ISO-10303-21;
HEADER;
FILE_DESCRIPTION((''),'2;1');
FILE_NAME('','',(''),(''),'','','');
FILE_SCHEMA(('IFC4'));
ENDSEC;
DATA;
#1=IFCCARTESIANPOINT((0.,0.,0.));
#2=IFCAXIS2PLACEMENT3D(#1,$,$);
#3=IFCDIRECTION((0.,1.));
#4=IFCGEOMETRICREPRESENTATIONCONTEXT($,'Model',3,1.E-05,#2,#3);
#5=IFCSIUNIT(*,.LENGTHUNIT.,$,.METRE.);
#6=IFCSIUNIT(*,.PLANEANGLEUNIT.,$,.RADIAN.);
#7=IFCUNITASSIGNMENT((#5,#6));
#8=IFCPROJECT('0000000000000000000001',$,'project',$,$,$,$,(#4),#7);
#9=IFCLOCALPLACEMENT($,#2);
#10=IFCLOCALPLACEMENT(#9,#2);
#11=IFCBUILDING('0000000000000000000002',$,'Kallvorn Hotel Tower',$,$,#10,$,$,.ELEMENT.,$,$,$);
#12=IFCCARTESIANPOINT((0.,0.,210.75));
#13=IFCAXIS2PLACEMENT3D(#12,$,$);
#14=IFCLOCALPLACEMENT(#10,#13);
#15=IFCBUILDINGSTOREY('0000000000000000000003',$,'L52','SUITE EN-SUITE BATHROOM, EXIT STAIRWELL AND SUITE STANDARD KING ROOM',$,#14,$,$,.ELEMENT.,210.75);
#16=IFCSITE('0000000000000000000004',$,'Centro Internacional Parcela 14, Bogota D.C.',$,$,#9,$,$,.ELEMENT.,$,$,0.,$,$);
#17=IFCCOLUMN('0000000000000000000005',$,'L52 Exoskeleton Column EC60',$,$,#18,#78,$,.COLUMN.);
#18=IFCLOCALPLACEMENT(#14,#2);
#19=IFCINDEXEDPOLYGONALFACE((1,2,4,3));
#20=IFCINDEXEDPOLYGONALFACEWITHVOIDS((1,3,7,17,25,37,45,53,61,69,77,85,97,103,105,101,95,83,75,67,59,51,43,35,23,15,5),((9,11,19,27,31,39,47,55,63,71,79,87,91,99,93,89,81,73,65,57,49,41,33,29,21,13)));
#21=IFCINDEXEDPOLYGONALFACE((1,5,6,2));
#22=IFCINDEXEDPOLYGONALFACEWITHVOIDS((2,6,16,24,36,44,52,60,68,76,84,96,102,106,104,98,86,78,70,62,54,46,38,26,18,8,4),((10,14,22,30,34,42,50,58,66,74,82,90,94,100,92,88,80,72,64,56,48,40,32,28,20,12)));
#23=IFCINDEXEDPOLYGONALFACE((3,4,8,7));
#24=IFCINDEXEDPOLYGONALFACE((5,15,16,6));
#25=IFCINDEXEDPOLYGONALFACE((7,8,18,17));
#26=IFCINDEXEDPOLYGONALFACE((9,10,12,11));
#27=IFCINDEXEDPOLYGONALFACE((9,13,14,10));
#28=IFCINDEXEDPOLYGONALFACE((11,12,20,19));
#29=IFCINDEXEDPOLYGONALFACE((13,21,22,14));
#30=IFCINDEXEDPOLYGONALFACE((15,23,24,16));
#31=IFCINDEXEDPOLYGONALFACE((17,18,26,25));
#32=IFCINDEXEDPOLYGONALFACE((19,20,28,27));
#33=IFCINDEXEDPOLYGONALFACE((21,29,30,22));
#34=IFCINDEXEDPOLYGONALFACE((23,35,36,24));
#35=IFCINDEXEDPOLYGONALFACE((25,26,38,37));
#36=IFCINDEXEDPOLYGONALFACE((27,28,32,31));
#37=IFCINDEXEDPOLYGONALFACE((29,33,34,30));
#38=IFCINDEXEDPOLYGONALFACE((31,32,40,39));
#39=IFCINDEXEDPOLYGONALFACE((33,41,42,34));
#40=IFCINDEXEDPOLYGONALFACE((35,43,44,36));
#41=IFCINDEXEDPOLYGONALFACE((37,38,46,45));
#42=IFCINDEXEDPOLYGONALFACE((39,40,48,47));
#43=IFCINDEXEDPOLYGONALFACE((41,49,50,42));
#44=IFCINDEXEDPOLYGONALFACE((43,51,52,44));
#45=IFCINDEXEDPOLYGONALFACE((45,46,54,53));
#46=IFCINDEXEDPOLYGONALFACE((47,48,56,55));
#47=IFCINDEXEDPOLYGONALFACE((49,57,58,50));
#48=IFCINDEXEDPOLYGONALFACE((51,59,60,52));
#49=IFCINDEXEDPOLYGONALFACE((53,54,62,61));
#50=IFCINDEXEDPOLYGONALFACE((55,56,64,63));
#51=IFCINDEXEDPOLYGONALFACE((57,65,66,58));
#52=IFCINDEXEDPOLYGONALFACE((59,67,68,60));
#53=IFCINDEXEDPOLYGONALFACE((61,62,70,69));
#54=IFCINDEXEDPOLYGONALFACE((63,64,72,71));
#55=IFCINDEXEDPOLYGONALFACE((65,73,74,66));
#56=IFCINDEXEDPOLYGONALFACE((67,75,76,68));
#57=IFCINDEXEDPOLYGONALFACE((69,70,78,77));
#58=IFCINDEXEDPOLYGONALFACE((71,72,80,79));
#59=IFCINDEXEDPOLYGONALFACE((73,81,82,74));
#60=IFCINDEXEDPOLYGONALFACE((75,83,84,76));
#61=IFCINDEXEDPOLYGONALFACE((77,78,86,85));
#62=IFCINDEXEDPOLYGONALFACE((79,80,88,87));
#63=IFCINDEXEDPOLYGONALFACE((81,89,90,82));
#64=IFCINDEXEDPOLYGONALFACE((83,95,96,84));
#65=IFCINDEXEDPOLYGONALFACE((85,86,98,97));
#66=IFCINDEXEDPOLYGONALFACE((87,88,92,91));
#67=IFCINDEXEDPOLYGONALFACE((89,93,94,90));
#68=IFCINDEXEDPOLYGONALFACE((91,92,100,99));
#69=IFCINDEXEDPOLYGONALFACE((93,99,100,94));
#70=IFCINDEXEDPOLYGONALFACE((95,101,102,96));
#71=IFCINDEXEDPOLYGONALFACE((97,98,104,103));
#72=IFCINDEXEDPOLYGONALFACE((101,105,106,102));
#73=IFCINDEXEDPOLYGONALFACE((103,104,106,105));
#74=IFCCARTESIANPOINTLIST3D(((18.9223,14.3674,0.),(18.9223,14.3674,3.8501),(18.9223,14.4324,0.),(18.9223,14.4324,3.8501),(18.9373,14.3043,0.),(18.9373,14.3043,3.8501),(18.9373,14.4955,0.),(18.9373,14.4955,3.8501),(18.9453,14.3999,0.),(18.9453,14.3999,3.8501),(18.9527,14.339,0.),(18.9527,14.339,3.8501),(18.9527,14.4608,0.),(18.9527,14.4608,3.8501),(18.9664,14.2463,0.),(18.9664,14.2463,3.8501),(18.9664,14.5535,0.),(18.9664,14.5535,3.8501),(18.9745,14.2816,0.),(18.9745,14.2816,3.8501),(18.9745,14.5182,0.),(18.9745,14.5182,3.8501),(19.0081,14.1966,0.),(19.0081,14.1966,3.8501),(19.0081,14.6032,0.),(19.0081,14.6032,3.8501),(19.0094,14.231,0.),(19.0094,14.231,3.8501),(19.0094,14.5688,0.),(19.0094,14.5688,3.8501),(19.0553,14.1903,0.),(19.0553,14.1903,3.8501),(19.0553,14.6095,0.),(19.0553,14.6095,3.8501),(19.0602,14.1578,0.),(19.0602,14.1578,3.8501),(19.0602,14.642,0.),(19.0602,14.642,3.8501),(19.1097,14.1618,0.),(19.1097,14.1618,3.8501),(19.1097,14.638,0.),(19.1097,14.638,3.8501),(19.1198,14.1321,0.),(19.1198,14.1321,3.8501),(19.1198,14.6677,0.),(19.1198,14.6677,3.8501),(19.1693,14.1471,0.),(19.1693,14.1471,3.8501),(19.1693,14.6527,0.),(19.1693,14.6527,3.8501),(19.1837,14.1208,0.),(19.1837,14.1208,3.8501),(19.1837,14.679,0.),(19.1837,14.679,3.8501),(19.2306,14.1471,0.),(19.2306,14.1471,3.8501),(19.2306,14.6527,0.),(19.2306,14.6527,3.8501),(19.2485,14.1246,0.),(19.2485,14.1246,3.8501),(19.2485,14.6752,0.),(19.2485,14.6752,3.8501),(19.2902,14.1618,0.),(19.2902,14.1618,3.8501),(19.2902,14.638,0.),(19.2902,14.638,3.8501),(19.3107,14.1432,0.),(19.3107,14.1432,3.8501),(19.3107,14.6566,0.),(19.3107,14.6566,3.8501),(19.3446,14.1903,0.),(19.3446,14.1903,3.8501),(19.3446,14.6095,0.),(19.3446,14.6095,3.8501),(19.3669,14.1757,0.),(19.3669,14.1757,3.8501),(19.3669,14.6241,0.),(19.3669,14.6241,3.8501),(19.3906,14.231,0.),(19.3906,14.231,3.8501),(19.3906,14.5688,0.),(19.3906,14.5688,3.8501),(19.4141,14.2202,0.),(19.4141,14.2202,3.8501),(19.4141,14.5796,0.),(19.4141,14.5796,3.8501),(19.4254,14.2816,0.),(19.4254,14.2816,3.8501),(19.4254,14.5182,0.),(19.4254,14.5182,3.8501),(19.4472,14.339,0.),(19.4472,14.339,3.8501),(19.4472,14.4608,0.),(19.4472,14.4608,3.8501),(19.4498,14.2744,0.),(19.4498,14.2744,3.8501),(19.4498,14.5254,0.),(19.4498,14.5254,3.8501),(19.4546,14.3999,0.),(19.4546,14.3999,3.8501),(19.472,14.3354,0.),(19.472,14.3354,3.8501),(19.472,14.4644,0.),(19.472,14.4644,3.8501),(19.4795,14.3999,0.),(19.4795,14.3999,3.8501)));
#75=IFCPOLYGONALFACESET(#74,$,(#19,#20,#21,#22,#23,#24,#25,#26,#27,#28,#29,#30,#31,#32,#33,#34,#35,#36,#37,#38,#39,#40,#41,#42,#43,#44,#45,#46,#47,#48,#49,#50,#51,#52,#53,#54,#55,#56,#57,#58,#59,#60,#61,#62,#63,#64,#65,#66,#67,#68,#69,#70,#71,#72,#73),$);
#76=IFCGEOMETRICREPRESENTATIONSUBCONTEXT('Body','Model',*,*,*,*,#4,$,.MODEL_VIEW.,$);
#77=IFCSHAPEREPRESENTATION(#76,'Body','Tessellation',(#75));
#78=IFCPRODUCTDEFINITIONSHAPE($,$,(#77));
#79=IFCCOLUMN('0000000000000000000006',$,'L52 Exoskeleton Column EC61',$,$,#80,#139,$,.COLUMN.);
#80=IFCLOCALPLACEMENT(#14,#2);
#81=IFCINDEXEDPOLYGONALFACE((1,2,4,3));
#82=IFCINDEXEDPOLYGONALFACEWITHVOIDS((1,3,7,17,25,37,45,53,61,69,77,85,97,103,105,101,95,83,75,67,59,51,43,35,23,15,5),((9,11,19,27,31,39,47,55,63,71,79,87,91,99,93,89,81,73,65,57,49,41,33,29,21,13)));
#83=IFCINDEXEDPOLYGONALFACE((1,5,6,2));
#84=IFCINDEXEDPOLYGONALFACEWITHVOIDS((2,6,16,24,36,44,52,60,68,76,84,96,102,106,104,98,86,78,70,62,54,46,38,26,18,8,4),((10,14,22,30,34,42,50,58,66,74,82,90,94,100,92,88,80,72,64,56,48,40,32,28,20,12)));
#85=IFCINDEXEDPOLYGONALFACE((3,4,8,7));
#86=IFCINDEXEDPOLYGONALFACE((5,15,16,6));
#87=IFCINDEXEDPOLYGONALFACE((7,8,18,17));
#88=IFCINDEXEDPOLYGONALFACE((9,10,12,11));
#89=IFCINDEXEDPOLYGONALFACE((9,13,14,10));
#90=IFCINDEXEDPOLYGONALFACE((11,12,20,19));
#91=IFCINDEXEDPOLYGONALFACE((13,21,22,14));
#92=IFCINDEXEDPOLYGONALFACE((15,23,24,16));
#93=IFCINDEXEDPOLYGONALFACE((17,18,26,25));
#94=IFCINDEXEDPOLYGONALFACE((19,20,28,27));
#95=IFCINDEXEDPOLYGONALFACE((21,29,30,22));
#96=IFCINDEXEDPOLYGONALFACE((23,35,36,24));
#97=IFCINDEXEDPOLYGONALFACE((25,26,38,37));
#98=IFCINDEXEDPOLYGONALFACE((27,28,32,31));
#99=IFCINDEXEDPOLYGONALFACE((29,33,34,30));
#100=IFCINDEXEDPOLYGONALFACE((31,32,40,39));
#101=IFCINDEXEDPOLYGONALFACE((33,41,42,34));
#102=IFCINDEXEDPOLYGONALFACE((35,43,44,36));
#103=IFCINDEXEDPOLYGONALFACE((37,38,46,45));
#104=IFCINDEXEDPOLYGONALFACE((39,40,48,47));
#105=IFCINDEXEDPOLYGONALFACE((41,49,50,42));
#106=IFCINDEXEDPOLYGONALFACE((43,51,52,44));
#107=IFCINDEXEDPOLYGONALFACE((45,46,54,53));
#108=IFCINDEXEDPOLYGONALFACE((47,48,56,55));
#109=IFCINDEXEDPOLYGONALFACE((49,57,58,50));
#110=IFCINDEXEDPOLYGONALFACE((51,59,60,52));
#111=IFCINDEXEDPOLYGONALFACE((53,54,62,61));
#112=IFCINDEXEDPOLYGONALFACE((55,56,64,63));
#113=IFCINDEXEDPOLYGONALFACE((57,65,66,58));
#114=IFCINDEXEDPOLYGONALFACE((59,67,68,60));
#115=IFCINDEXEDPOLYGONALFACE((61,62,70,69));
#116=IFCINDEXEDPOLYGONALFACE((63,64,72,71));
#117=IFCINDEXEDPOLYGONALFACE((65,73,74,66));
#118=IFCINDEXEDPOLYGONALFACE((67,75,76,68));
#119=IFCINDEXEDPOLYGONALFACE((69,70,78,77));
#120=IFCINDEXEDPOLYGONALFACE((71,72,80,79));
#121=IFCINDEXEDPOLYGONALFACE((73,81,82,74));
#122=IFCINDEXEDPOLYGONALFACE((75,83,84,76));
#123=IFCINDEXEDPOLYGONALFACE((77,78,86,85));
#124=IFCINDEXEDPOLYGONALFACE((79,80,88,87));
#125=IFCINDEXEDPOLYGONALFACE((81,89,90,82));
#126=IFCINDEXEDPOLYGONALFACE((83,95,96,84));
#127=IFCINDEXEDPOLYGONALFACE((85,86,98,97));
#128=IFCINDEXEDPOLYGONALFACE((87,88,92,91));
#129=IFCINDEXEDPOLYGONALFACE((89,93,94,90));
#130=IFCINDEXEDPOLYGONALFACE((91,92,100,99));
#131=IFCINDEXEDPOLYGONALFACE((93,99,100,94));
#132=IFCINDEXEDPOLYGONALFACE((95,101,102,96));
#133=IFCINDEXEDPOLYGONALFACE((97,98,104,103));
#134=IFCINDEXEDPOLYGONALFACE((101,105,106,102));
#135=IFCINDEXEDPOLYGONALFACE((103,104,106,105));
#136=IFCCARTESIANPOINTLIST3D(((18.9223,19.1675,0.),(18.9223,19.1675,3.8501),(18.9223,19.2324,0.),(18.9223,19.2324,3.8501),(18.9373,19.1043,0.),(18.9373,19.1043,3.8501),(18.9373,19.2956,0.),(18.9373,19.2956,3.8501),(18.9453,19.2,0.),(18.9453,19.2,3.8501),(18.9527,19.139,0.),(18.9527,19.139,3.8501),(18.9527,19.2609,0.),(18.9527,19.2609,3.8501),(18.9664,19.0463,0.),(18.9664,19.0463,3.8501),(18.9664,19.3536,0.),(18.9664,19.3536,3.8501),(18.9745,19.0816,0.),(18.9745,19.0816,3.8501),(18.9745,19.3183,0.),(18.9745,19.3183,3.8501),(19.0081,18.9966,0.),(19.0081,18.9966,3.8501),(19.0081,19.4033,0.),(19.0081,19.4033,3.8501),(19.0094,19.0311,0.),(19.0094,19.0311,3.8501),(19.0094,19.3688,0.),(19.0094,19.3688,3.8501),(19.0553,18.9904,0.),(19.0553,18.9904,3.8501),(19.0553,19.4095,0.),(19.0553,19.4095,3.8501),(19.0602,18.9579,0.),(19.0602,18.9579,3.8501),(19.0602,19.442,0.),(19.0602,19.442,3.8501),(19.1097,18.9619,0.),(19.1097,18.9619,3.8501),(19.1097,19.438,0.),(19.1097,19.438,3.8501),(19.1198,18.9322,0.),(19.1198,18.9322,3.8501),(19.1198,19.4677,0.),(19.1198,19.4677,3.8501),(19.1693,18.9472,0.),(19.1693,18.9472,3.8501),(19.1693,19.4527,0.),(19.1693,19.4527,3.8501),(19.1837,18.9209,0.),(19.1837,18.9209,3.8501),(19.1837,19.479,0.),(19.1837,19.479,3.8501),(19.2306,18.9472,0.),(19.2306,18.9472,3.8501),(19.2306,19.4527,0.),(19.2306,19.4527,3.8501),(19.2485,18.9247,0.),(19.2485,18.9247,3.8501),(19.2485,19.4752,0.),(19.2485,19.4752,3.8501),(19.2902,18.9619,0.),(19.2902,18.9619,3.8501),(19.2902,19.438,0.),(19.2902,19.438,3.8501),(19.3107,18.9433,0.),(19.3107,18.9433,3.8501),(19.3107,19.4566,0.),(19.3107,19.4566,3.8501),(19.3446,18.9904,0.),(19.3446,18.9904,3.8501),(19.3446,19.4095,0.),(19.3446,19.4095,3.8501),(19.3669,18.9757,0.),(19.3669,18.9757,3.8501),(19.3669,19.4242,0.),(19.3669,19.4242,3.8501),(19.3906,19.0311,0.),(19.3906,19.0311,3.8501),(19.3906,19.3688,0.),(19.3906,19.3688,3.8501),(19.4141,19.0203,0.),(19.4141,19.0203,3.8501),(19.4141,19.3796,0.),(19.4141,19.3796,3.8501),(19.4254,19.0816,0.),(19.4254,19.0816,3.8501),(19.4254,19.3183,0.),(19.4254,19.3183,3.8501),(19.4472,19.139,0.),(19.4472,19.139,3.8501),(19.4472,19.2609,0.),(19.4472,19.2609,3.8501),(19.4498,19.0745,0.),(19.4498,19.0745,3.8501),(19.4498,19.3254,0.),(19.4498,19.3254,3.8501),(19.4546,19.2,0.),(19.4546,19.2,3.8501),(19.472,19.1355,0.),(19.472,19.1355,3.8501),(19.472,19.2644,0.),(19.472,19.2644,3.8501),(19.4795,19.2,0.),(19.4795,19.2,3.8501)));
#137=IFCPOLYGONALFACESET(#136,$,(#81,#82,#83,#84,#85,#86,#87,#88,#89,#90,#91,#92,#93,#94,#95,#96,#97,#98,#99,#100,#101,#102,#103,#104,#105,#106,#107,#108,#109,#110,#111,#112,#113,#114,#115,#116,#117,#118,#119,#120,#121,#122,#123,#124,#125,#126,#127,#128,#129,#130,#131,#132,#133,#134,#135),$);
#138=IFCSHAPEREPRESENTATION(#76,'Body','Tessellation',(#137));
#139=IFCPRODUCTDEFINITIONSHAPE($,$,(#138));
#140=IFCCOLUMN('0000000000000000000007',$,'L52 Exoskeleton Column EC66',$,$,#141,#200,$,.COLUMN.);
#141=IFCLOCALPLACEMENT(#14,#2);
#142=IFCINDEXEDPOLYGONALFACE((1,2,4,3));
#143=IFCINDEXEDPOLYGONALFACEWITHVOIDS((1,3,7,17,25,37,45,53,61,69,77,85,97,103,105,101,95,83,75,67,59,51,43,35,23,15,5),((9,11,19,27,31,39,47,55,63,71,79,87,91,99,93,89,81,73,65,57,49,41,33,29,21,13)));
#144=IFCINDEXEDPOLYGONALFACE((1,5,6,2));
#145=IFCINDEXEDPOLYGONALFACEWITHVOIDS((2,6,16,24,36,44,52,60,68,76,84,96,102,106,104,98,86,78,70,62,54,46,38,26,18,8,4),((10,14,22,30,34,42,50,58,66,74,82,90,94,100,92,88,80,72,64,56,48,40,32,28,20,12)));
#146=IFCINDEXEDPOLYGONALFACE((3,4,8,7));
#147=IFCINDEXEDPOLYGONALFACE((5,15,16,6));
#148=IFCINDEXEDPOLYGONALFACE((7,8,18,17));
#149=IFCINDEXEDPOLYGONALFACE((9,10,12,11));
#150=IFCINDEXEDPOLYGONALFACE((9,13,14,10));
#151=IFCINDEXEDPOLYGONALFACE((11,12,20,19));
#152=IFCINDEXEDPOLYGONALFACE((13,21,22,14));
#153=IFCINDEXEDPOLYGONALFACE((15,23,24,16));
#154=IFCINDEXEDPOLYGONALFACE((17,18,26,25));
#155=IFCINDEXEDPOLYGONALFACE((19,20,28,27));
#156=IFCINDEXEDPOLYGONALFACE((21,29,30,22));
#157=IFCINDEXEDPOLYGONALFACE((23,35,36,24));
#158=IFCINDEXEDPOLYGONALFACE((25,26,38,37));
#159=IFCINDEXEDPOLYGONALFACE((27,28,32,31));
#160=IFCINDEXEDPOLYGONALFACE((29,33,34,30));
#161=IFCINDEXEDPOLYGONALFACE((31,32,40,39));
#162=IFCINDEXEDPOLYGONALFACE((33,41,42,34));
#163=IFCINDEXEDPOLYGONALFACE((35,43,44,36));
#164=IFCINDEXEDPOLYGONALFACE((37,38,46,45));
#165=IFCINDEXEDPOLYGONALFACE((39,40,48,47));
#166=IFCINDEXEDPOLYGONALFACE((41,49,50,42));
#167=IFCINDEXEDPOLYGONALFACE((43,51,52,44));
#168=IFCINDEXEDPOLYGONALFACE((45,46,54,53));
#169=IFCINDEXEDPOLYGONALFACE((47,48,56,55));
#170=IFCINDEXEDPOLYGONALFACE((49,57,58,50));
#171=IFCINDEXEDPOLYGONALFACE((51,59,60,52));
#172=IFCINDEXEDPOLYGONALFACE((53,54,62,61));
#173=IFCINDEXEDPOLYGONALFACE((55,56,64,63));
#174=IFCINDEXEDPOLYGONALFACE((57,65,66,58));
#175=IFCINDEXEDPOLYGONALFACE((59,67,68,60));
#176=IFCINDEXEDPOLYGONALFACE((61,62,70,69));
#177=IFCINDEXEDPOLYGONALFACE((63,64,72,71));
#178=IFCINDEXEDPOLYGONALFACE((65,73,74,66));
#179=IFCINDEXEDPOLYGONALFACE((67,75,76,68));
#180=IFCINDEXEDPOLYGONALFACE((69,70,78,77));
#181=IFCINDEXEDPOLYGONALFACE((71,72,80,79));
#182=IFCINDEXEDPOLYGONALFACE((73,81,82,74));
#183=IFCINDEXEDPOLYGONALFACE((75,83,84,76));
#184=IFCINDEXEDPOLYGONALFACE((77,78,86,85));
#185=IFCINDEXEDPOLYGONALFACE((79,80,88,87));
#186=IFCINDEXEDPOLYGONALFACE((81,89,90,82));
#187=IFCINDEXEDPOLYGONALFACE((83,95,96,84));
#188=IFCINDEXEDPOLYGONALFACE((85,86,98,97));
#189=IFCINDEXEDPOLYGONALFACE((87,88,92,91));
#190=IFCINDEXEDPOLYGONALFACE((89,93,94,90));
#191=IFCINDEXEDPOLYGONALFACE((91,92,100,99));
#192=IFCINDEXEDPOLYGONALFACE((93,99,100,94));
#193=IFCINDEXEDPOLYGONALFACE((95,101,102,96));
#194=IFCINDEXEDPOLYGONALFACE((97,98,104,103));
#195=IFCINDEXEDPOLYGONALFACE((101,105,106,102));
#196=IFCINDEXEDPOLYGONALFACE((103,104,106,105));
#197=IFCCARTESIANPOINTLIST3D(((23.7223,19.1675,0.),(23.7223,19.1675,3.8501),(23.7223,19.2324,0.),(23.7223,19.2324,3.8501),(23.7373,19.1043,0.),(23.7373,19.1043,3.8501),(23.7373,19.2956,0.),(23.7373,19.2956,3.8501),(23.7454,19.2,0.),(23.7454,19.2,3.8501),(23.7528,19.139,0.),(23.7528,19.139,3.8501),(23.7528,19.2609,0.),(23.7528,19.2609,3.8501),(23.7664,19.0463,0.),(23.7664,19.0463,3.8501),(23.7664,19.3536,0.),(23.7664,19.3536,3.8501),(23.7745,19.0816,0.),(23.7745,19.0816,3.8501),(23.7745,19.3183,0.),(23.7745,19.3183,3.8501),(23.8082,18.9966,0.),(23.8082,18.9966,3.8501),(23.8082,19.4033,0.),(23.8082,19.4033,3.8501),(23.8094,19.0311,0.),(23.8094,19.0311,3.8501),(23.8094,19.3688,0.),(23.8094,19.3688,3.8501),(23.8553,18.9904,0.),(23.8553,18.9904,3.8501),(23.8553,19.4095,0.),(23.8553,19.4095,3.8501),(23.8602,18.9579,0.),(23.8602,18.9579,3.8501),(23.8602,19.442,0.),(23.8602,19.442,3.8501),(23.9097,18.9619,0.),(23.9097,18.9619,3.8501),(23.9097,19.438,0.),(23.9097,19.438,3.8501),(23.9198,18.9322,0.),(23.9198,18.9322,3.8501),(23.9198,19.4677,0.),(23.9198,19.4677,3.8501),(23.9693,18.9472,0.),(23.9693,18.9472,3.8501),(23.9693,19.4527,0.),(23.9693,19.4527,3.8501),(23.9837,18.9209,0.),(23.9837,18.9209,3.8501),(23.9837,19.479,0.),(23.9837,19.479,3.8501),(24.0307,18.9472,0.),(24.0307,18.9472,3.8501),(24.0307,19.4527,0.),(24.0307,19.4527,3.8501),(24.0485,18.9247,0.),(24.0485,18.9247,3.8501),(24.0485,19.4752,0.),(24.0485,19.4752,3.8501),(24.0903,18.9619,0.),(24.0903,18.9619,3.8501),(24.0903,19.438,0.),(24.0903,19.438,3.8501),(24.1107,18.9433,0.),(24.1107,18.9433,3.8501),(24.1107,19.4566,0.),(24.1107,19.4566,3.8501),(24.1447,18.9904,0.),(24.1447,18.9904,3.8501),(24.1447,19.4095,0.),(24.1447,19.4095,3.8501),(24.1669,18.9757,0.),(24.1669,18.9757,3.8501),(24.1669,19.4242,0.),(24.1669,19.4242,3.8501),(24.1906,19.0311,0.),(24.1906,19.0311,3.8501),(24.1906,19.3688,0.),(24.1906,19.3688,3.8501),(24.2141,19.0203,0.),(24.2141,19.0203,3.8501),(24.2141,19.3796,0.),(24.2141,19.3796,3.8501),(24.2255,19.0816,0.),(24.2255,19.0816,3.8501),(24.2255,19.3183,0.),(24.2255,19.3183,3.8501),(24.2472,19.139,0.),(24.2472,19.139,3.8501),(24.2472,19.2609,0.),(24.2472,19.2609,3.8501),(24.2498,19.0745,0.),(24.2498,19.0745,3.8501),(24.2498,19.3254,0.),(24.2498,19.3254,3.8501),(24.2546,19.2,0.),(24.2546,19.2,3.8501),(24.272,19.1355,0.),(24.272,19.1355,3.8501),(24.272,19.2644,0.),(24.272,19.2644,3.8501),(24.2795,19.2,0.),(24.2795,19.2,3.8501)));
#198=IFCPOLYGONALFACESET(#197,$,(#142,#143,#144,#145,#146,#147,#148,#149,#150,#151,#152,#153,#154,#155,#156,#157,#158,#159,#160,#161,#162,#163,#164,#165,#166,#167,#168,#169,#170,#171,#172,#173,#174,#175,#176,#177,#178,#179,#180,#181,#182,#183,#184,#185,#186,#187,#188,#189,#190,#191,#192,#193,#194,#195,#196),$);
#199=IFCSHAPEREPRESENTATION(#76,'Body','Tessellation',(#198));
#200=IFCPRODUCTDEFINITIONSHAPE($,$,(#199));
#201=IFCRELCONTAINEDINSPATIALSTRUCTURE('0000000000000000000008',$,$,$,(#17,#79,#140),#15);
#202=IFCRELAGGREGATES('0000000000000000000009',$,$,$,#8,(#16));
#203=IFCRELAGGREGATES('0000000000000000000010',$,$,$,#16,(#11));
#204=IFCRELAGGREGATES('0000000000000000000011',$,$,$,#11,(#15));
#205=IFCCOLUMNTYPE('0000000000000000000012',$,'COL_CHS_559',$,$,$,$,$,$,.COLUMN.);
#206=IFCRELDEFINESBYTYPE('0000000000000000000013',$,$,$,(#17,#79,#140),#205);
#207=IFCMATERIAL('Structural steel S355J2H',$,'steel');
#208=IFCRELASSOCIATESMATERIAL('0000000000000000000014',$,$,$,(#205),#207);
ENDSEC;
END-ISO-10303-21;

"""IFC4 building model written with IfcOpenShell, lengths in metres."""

from ifc_helpers import new_model, si_unit, direction, frame, origin, origin_2d, place, context, subcontext, project, spatial, hollow_circle, extrude, material, material_profile, profile_set, type_object, element, save


model = new_model("IFC4")

# Units and contexts
model_context = context("Model", 3, precision=1e-05, world=origin(), true_north=direction((0.0, 1.0)))
body_context = subcontext(model_context, "Body", "Model", "MODEL_VIEW")
ifc_project = project(units=[si_unit("LENGTHUNIT", "METRE"), si_unit("PLANEANGLEUNIT", "RADIAN")], contexts=[model_context])

# Site, building, storey
site_placement = place(None, origin())
site = spatial("IfcSite", under=ifc_project, at=site_placement, Name="Centro Internacional Parcela 14, Bogota D.C.", CompositionType="ELEMENT", RefElevation=0.0)
building_placement = place(site_placement, origin())
building = spatial("IfcBuilding", under=site, at=building_placement, Name="Kallvorn Hotel Tower", CompositionType="ELEMENT")
storey_placement = place(building_placement, frame((0.0, 0.0, 210.75)))
storey = spatial("IfcBuildingStorey", under=building, at=storey_placement, Name="L52", Description="SUITE EN-SUITE BATHROOM, EXIT STAIRWELL AND SUITE STANDARD KING ROOM", CompositionType="ELEMENT", Elevation=210.75)

# Columns
ifc_material_1 = material(Name="Structural steel S355J2H", Category="steel")
ifc_material_profile_1 = material_profile(ifc_material_1, hollow_circle(Radius=0.2795, WallThickness=0.0249, at=origin_2d()), Name="CHS 559x25")
ifc_profile_set_1 = profile_set([ifc_material_profile_1], Name="Structural steel S355J2H")
column_type_1 = type_object("IfcColumnType", Name="COL_CHS_559", PredefinedType="COLUMN", material=ifc_profile_set_1)
for number, where, z_axis, x_axis, name in (
    (1, (19.2, 14.3999, 0.0), (0.0, 0.0, 1.0), (1.0, 0.0, 0.0), "L52 Exoskeleton Column EC60"),
    (2, (19.2, 19.2, 0.0), (0.0, 0.0, 1.0), (1.0, 0.0, 0.0), "L52 Exoskeleton Column EC61"),
    (3, (24.0, 19.2, 0.0), (0.0, 0.0, 1.0), (1.0, 0.0, 0.0), "L52 Exoskeleton Column EC66"),
):
    element("IfcColumn", number, at=place(storey_placement, frame(where, z_axis=z_axis, x_axis=x_axis)), inside=storey, type_object=column_type_1, Name=name, PredefinedType="COLUMN", context=body_context, shape_type="SweptSolid", body=[
        extrude(hollow_circle(Radius=0.2795, WallThickness=0.0249, at=origin_2d()), origin(), (0.0, 0.0, 1.0), 3.8501),
    ])

save(model, "model.ifc")
